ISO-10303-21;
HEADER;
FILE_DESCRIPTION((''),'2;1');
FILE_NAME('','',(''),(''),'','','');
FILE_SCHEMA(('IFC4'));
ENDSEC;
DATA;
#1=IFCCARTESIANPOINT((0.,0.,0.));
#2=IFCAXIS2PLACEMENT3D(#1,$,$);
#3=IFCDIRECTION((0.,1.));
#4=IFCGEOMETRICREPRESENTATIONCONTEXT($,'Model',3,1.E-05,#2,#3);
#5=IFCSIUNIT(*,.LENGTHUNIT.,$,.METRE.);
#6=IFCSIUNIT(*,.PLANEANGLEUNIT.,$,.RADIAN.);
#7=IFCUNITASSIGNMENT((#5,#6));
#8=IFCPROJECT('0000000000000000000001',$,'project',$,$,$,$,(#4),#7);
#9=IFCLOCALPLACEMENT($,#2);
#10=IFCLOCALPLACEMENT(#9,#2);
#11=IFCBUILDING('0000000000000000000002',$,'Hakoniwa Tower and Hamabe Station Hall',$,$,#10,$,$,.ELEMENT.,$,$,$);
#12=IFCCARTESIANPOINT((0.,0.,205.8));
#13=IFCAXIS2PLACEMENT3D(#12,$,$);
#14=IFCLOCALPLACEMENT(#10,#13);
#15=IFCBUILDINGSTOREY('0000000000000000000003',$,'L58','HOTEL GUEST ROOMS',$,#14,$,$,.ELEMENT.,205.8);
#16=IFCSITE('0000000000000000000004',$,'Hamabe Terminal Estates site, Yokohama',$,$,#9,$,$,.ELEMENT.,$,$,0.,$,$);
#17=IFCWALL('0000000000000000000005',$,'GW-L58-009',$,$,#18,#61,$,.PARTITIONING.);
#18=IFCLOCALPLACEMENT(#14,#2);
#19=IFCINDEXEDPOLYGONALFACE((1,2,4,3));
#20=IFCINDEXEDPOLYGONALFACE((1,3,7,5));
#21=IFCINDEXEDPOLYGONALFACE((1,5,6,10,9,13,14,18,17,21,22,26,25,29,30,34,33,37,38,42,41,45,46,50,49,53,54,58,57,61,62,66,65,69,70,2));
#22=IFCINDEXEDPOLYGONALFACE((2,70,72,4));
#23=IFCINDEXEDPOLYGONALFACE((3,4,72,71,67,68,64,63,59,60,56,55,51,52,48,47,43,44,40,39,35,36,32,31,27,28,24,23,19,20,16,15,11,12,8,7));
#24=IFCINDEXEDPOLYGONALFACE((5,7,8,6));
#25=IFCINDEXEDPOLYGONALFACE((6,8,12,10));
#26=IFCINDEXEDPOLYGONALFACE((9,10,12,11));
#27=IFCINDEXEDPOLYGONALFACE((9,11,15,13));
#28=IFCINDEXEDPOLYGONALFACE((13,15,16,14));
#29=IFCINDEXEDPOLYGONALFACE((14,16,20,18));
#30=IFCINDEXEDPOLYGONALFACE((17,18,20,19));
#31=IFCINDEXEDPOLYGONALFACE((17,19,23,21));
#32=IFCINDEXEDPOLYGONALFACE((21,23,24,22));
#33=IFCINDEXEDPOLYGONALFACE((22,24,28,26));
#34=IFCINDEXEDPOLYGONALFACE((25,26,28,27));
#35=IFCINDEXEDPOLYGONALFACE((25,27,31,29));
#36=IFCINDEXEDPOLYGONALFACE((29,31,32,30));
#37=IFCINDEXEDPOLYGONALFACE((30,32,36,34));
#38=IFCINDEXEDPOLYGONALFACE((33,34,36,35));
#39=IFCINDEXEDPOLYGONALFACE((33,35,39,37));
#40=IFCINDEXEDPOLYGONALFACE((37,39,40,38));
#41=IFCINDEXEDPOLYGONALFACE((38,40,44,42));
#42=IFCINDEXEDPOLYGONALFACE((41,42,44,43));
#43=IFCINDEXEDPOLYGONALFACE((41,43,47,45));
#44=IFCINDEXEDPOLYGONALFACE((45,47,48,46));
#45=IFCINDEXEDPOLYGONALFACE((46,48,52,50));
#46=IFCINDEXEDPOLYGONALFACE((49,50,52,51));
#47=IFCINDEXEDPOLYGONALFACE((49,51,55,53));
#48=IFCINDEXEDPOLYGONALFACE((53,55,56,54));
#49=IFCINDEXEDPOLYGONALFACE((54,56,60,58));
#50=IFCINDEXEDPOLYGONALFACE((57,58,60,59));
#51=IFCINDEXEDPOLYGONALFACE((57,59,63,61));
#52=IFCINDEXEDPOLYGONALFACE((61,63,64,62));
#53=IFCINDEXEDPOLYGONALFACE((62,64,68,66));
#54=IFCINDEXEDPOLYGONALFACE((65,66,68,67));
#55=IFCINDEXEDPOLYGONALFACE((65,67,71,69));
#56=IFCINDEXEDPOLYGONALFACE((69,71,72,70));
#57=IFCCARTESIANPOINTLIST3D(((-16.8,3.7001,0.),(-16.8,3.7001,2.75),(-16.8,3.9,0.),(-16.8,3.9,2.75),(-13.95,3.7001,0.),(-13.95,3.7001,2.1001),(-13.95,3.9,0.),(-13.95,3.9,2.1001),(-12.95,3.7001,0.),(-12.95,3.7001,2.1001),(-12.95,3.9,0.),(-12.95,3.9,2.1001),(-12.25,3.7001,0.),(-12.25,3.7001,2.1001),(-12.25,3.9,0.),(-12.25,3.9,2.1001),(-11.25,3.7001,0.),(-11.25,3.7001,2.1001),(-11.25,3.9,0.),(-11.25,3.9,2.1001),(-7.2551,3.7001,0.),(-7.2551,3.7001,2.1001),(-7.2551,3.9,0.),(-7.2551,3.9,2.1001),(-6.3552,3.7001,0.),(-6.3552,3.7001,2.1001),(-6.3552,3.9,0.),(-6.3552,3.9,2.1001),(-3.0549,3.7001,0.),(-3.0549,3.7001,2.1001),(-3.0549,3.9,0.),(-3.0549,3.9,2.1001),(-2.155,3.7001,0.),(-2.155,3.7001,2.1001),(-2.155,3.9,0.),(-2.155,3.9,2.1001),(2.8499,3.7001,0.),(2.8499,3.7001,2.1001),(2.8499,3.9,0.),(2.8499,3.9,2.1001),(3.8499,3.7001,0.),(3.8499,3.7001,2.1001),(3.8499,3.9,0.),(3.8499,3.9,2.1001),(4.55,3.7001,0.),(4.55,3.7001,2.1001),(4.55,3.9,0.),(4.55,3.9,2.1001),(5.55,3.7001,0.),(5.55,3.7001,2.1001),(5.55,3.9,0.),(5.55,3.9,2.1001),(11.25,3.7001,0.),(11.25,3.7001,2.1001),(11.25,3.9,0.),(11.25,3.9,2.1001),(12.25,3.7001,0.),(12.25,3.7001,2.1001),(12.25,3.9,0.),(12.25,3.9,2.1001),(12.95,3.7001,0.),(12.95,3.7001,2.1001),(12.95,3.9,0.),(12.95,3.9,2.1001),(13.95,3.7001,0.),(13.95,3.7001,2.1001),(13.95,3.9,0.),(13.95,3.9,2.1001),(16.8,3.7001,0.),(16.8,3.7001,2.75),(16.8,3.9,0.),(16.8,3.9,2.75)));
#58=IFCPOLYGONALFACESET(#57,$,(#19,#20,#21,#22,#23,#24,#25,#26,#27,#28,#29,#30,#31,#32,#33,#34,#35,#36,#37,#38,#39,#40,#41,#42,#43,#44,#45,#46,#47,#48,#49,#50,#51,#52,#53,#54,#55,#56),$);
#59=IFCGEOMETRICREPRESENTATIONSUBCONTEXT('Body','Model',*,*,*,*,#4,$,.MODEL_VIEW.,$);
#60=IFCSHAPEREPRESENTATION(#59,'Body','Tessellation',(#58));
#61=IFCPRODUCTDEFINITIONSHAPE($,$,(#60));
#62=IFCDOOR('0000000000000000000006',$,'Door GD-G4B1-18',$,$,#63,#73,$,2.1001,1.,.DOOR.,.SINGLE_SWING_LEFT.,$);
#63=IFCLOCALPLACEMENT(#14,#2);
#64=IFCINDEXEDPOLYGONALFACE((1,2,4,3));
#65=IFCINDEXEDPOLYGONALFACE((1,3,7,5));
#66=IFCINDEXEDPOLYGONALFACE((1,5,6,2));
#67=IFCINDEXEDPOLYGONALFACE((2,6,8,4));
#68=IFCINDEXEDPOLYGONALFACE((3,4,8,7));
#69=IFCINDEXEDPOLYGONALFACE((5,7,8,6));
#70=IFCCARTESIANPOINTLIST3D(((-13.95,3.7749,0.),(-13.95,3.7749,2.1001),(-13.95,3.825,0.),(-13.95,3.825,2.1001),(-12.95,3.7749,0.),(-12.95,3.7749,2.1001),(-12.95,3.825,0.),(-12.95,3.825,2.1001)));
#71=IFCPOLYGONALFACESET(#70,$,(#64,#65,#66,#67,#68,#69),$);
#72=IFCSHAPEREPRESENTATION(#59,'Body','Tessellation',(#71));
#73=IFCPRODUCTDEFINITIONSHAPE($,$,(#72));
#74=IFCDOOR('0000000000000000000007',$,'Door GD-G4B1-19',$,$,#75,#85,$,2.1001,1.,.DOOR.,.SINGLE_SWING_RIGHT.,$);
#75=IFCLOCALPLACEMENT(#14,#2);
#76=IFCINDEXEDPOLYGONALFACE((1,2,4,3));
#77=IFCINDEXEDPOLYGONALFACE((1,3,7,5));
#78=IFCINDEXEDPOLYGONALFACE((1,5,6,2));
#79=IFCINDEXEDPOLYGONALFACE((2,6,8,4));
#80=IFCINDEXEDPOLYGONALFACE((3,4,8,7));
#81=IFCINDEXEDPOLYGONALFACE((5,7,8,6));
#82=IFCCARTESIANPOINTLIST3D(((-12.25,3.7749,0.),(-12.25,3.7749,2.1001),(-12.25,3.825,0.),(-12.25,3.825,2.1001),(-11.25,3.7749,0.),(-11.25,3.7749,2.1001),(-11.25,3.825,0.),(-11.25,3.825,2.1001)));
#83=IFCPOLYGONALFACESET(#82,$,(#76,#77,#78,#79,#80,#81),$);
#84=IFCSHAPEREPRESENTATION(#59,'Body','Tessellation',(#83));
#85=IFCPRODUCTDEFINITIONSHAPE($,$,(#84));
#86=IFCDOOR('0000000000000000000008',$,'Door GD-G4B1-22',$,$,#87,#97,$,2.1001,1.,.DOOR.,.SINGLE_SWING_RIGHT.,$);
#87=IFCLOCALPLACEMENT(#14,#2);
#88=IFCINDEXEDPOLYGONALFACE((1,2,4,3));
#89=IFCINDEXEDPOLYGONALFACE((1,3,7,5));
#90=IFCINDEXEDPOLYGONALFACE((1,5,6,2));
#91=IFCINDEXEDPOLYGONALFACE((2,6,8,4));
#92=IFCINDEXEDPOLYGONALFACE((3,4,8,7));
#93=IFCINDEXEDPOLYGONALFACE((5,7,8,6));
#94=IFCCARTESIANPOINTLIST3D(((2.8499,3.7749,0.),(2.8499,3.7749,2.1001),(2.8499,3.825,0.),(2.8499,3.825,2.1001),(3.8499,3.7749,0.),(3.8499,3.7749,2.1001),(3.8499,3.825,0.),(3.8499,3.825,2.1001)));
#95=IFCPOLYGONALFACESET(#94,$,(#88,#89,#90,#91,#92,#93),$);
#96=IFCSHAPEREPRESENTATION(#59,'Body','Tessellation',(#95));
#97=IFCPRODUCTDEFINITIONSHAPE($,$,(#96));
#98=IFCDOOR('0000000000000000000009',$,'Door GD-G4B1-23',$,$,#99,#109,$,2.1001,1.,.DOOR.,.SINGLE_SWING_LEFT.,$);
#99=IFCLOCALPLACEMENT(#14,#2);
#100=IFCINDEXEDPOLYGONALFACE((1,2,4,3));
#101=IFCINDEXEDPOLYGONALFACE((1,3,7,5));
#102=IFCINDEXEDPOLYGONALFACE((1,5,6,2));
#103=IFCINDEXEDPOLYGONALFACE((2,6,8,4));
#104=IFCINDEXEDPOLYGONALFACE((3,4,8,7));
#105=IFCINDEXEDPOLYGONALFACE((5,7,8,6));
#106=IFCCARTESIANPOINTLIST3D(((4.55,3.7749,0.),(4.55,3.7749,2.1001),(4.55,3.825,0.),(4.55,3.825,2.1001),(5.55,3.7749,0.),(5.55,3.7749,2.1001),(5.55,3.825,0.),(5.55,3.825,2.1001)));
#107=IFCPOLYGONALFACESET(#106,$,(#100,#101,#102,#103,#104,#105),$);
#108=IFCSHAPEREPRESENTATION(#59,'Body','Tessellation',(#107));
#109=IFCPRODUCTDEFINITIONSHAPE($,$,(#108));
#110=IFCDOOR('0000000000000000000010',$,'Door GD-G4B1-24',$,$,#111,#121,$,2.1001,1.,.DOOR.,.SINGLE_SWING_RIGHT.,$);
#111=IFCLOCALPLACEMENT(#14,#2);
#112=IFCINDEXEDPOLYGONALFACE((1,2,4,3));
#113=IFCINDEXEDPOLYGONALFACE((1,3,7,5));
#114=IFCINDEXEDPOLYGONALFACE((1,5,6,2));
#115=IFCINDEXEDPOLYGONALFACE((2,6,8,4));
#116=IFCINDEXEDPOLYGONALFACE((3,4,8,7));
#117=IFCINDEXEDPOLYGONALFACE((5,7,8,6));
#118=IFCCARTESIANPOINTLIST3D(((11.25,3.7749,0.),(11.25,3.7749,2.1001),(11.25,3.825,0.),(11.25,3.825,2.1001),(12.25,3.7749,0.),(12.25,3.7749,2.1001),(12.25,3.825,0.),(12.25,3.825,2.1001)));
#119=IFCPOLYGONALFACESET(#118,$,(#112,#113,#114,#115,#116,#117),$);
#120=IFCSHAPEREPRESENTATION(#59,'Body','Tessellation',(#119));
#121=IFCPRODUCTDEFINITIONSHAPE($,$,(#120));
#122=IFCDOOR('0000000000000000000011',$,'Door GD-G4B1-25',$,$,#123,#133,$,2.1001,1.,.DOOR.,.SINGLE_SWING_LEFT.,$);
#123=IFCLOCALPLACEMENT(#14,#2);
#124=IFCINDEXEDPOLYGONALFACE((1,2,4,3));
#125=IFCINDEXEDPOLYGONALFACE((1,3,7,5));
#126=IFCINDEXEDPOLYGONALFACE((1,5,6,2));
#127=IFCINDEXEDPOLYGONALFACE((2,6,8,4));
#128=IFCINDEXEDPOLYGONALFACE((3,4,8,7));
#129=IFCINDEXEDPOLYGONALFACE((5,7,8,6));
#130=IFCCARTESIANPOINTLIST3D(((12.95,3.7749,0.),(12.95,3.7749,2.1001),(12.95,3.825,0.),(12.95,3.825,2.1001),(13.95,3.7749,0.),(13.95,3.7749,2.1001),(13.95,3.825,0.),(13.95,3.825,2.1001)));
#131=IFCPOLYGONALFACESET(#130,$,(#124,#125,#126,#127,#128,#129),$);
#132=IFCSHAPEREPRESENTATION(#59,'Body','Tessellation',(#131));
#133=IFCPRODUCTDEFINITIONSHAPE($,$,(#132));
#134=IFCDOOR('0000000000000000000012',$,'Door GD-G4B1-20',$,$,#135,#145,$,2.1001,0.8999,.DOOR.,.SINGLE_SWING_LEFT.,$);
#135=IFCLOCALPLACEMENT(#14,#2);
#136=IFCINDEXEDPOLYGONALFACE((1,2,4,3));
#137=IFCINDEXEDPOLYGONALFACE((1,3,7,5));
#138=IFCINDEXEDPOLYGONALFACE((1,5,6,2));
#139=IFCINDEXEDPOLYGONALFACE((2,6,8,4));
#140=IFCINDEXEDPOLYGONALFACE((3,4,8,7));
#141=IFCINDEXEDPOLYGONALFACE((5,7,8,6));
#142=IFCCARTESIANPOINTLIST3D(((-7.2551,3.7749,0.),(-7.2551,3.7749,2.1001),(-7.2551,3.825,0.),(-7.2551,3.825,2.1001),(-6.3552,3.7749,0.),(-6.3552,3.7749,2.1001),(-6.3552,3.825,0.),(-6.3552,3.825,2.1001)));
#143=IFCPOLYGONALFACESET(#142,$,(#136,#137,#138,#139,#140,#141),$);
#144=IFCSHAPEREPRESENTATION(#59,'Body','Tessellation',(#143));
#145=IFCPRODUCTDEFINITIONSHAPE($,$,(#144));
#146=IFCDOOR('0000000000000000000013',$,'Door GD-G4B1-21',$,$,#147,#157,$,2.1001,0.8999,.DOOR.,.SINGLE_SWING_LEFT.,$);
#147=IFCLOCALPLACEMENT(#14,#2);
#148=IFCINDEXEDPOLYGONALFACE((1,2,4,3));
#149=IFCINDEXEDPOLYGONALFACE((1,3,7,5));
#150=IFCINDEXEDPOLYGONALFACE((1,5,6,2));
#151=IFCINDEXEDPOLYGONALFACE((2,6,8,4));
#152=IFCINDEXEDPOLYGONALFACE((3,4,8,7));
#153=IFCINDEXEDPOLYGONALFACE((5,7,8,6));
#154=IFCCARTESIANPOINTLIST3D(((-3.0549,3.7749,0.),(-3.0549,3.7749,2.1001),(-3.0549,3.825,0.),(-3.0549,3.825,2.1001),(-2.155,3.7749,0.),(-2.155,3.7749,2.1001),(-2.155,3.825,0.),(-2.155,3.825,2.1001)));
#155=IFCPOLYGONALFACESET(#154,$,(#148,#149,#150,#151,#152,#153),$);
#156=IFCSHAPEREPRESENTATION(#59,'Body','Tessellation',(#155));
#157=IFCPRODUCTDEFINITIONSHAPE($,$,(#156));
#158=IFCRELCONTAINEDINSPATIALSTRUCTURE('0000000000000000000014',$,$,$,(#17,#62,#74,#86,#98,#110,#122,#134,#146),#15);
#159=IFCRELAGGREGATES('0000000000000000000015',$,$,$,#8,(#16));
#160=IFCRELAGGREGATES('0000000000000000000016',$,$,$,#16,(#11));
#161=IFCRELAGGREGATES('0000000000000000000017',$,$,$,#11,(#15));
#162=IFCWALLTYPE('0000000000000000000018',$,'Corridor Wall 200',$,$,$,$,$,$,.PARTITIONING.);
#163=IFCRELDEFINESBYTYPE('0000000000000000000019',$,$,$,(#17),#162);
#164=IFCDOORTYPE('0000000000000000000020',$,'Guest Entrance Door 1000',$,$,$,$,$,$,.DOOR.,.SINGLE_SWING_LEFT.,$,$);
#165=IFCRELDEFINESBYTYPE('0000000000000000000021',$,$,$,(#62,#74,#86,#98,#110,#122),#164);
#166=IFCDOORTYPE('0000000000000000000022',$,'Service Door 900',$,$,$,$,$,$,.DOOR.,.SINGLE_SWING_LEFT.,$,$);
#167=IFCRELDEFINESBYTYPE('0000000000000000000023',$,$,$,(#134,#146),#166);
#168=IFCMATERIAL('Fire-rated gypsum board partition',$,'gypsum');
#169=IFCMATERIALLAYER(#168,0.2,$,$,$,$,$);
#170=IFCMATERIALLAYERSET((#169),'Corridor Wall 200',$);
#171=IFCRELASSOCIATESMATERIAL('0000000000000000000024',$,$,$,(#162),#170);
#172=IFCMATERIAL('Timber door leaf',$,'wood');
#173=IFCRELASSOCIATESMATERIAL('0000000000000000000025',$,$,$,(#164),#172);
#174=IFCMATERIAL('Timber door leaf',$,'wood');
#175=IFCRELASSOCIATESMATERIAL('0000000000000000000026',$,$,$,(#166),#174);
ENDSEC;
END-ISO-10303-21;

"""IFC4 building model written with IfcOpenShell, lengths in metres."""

from ifc_helpers import new_model, si_unit, direction, frame, frame_2d, origin, place, context, subcontext, project, spatial, rectangle, extrude, material, layer, layer_set, type_object, element, fill, save


model = new_model("IFC4")

# Units and contexts
model_context = context("Model", 3, precision=1e-05, world=origin(), true_north=direction((0.0, 1.0)))
body_context = subcontext(model_context, "Body", "Model", "MODEL_VIEW")
ifc_project = project(units=[si_unit("LENGTHUNIT", "METRE"), si_unit("PLANEANGLEUNIT", "RADIAN")], contexts=[model_context])

# Site, building, storey
site_placement = place(None, origin())
site = spatial("IfcSite", under=ifc_project, at=site_placement, Name="Hamabe Terminal Estates site, Yokohama", CompositionType="ELEMENT", RefElevation=0.0)
building_placement = place(site_placement, origin())
building = spatial("IfcBuilding", under=site, at=building_placement, Name="Hakoniwa Tower and Hamabe Station Hall", CompositionType="ELEMENT")
storey_placement = place(building_placement, frame((0.0, 0.0, 205.8)))
storey = spatial("IfcBuildingStorey", under=building, at=storey_placement, Name="L58", Description="HOTEL GUEST ROOMS", CompositionType="ELEMENT", Elevation=205.8)

# Wall, openings, doors
ifc_material_1 = material(Name="Fire-rated gypsum board partition", Category="gypsum")
ifc_layer_1 = layer(ifc_material_1, 0.2)
ifc_layer_set_1 = layer_set([ifc_layer_1], Name="Corridor Wall 200")
wall_type_1 = type_object("IfcWallType", Name="Corridor Wall 200", PredefinedType="PARTITIONING", material=ifc_layer_set_1)
ifc_material_2 = material(Name="Timber door leaf", Category="wood")
door_type_1 = type_object("IfcDoorType", Name="Guest Entrance Door 1000", OperationType="SINGLE_SWING_LEFT", PredefinedType="DOOR", material=ifc_material_2)
wall_1_placement = place(storey_placement, frame((-16.8, 3.8, 0.0), z_axis=(0.0, 0.0, 1.0), x_axis=(1.0, 0.0, 0.0)))
wall_1 = element("IfcWall", 1, at=wall_1_placement, inside=storey, type_object=wall_type_1, Name="GW-L58-009", PredefinedType="PARTITIONING", context=body_context, shape_type="SweptSolid", body=[
    extrude(rectangle(XDim=33.6001, YDim=0.2, at=frame_2d((16.8, 0.0))), origin(), (0.0, 0.0, 1.0), 2.75),
])
opening_1_placement = place(wall_1_placement, frame((2.8501, 0.0, 0.0)))
opening_1 = element("IfcOpeningElement", 2, at=opening_1_placement, cuts=wall_1, PredefinedType="OPENING", context=body_context, shape_type="SweptSolid", body=[
    extrude(rectangle(XDim=1.0, YDim=2.1001, at=frame_2d((0.5, 1.05))), frame((0.0, 0.1099, 0.0), z_axis=(0.0, -1.0, 0.0), x_axis=(1.0, 0.0, 0.0)), (0.0, 0.0, 1.0), 0.22),
])
opening_2_placement = place(wall_1_placement, frame((4.55, 0.0, 0.0)))
opening_2 = element("IfcOpeningElement", 3, at=opening_2_placement, cuts=wall_1, PredefinedType="OPENING", context=body_context, shape_type="SweptSolid", body=[
    extrude(rectangle(XDim=1.0, YDim=2.1001, at=frame_2d((0.5, 1.05))), frame((0.0, 0.1099, 0.0), z_axis=(0.0, -1.0, 0.0), x_axis=(1.0, 0.0, 0.0)), (0.0, 0.0, 1.0), 0.22),
])
opening_3_placement = place(wall_1_placement, frame((9.5449, 0.0, 0.0)))
opening_3 = element("IfcOpeningElement", 4, at=opening_3_placement, cuts=wall_1, PredefinedType="OPENING", context=body_context, shape_type="SweptSolid", body=[
    extrude(rectangle(XDim=0.8999, YDim=2.1001, at=frame_2d((0.45, 1.05))), frame((0.0, 0.1099, 0.0), z_axis=(0.0, -1.0, 0.0), x_axis=(1.0, 0.0, 0.0)), (0.0, 0.0, 1.0), 0.22),
])
opening_4_placement = place(wall_1_placement, frame((13.7451, 0.0, 0.0)))
opening_4 = element("IfcOpeningElement", 5, at=opening_4_placement, cuts=wall_1, PredefinedType="OPENING", context=body_context, shape_type="SweptSolid", body=[
    extrude(rectangle(XDim=0.8999, YDim=2.1001, at=frame_2d((0.45, 1.05))), frame((0.0, 0.1099, 0.0), z_axis=(0.0, -1.0, 0.0), x_axis=(1.0, 0.0, 0.0)), (0.0, 0.0, 1.0), 0.22),
])
opening_5_placement = place(wall_1_placement, frame((19.6499, 0.0, 0.0)))
opening_5 = element("IfcOpeningElement", 6, at=opening_5_placement, cuts=wall_1, PredefinedType="OPENING", context=body_context, shape_type="SweptSolid", body=[
    extrude(rectangle(XDim=1.0, YDim=2.1001, at=frame_2d((0.5, 1.05))), frame((0.0, 0.1099, 0.0), z_axis=(0.0, -1.0, 0.0), x_axis=(1.0, 0.0, 0.0)), (0.0, 0.0, 1.0), 0.22),
])
opening_6_placement = place(wall_1_placement, frame((21.3501, 0.0, 0.0)))
opening_6 = element("IfcOpeningElement", 7, at=opening_6_placement, cuts=wall_1, PredefinedType="OPENING", context=body_context, shape_type="SweptSolid", body=[
    extrude(rectangle(XDim=1.0, YDim=2.1001, at=frame_2d((0.5, 1.05))), frame((0.0, 0.1099, 0.0), z_axis=(0.0, -1.0, 0.0), x_axis=(1.0, 0.0, 0.0)), (0.0, 0.0, 1.0), 0.22),
])
opening_7_placement = place(wall_1_placement, frame((28.05, 0.0, 0.0)))
opening_7 = element("IfcOpeningElement", 8, at=opening_7_placement, cuts=wall_1, PredefinedType="OPENING", context=body_context, shape_type="SweptSolid", body=[
    extrude(rectangle(XDim=1.0, YDim=2.1001, at=frame_2d((0.5, 1.05))), frame((0.0, 0.1099, 0.0), z_axis=(0.0, -1.0, 0.0), x_axis=(1.0, 0.0, 0.0)), (0.0, 0.0, 1.0), 0.22),
])
opening_8_placement = place(wall_1_placement, frame((29.75, 0.0, 0.0)))
opening_8 = element("IfcOpeningElement", 9, at=opening_8_placement, cuts=wall_1, PredefinedType="OPENING", context=body_context, shape_type="SweptSolid", body=[
    extrude(rectangle(XDim=1.0, YDim=2.1001, at=frame_2d((0.5, 1.05))), frame((0.0, 0.1099, 0.0), z_axis=(0.0, -1.0, 0.0), x_axis=(1.0, 0.0, 0.0)), (0.0, 0.0, 1.0), 0.22),
])
door_1_placement = place(opening_1_placement, origin())
door_1 = element("IfcDoor", 10, at=door_1_placement, inside=storey, type_object=door_type_1, Name="Door GD-G4B1-18", OperationType="SINGLE_SWING_LEFT", OverallHeight=2.1001, OverallWidth=1.0, PredefinedType="DOOR", context=body_context, shape_type="SweptSolid", body=[
    extrude(rectangle(XDim=1.0, YDim=2.1001, at=frame_2d((0.5, 1.05))), frame((0.0, 0.0249, 0.0), z_axis=(0.0, -1.0, 0.0), x_axis=(1.0, 0.0, 0.0)), (0.0, 0.0, 1.0), 0.05),
])
fill(opening_1, door_1)
door_2_placement = place(opening_2_placement, origin())
door_2 = element("IfcDoor", 11, at=door_2_placement, inside=storey, type_object=door_type_1, Name="Door GD-G4B1-19", OperationType="SINGLE_SWING_RIGHT", OverallHeight=2.1001, OverallWidth=1.0, PredefinedType="DOOR", context=body_context, shape_type="SweptSolid", body=[
    extrude(rectangle(XDim=1.0, YDim=2.1001, at=frame_2d((0.5, 1.05))), frame((0.0, 0.0249, 0.0), z_axis=(0.0, -1.0, 0.0), x_axis=(1.0, 0.0, 0.0)), (0.0, 0.0, 1.0), 0.05),
])
fill(opening_2, door_2)
door_3_placement = place(opening_5_placement, origin())
door_3 = element("IfcDoor", 12, at=door_3_placement, inside=storey, type_object=door_type_1, Name="Door GD-G4B1-22", OperationType="SINGLE_SWING_RIGHT", OverallHeight=2.1001, OverallWidth=1.0, PredefinedType="DOOR", context=body_context, shape_type="SweptSolid", body=[
    extrude(rectangle(XDim=1.0, YDim=2.1001, at=frame_2d((0.5, 1.05))), frame((0.0, 0.0249, 0.0), z_axis=(0.0, -1.0, 0.0), x_axis=(1.0, 0.0, 0.0)), (0.0, 0.0, 1.0), 0.05),
])
fill(opening_5, door_3)
door_4_placement = place(opening_6_placement, origin())
door_4 = element("IfcDoor", 13, at=door_4_placement, inside=storey, type_object=door_type_1, Name="Door GD-G4B1-23", OperationType="SINGLE_SWING_LEFT", OverallHeight=2.1001, OverallWidth=1.0, PredefinedType="DOOR", context=body_context, shape_type="SweptSolid", body=[
    extrude(rectangle(XDim=1.0, YDim=2.1001, at=frame_2d((0.5, 1.05))), frame((0.0, 0.0249, 0.0), z_axis=(0.0, -1.0, 0.0), x_axis=(1.0, 0.0, 0.0)), (0.0, 0.0, 1.0), 0.05),
])
fill(opening_6, door_4)
door_5_placement = place(opening_7_placement, origin())
door_5 = element("IfcDoor", 14, at=door_5_placement, inside=storey, type_object=door_type_1, Name="Door GD-G4B1-24", OperationType="SINGLE_SWING_RIGHT", OverallHeight=2.1001, OverallWidth=1.0, PredefinedType="DOOR", context=body_context, shape_type="SweptSolid", body=[
    extrude(rectangle(XDim=1.0, YDim=2.1001, at=frame_2d((0.5, 1.05))), frame((0.0, 0.0249, 0.0), z_axis=(0.0, -1.0, 0.0), x_axis=(1.0, 0.0, 0.0)), (0.0, 0.0, 1.0), 0.05),
])
fill(opening_7, door_5)
door_6_placement = place(opening_8_placement, origin())
door_6 = element("IfcDoor", 15, at=door_6_placement, inside=storey, type_object=door_type_1, Name="Door GD-G4B1-25", OperationType="SINGLE_SWING_LEFT", OverallHeight=2.1001, OverallWidth=1.0, PredefinedType="DOOR", context=body_context, shape_type="SweptSolid", body=[
    extrude(rectangle(XDim=1.0, YDim=2.1001, at=frame_2d((0.5, 1.05))), frame((0.0, 0.0249, 0.0), z_axis=(0.0, -1.0, 0.0), x_axis=(1.0, 0.0, 0.0)), (0.0, 0.0, 1.0), 0.05),
])
fill(opening_8, door_6)
ifc_material_3 = material(Name="Timber door leaf", Category="wood")
door_type_2 = type_object("IfcDoorType", Name="Service Door 900", OperationType="SINGLE_SWING_LEFT", PredefinedType="DOOR", material=ifc_material_3)
door_7_placement = place(opening_3_placement, origin())
door_7 = element("IfcDoor", 16, at=door_7_placement, inside=storey, type_object=door_type_2, Name="Door GD-G4B1-20", OperationType="SINGLE_SWING_LEFT", OverallHeight=2.1001, OverallWidth=0.8999, PredefinedType="DOOR", context=body_context, shape_type="SweptSolid", body=[
    extrude(rectangle(XDim=0.8999, YDim=2.1001, at=frame_2d((0.45, 1.05))), frame((0.0, 0.0249, 0.0), z_axis=(0.0, -1.0, 0.0), x_axis=(1.0, 0.0, 0.0)), (0.0, 0.0, 1.0), 0.05),
])
fill(opening_3, door_7)
door_8_placement = place(opening_4_placement, origin())
door_8 = element("IfcDoor", 17, at=door_8_placement, inside=storey, type_object=door_type_2, Name="Door GD-G4B1-21", OperationType="SINGLE_SWING_LEFT", OverallHeight=2.1001, OverallWidth=0.8999, PredefinedType="DOOR", context=body_context, shape_type="SweptSolid", body=[
    extrude(rectangle(XDim=0.8999, YDim=2.1001, at=frame_2d((0.45, 1.05))), frame((0.0, 0.0249, 0.0), z_axis=(0.0, -1.0, 0.0), x_axis=(1.0, 0.0, 0.0)), (0.0, 0.0, 1.0), 0.05),
])
fill(opening_4, door_8)

save(model, "model.ifc")
